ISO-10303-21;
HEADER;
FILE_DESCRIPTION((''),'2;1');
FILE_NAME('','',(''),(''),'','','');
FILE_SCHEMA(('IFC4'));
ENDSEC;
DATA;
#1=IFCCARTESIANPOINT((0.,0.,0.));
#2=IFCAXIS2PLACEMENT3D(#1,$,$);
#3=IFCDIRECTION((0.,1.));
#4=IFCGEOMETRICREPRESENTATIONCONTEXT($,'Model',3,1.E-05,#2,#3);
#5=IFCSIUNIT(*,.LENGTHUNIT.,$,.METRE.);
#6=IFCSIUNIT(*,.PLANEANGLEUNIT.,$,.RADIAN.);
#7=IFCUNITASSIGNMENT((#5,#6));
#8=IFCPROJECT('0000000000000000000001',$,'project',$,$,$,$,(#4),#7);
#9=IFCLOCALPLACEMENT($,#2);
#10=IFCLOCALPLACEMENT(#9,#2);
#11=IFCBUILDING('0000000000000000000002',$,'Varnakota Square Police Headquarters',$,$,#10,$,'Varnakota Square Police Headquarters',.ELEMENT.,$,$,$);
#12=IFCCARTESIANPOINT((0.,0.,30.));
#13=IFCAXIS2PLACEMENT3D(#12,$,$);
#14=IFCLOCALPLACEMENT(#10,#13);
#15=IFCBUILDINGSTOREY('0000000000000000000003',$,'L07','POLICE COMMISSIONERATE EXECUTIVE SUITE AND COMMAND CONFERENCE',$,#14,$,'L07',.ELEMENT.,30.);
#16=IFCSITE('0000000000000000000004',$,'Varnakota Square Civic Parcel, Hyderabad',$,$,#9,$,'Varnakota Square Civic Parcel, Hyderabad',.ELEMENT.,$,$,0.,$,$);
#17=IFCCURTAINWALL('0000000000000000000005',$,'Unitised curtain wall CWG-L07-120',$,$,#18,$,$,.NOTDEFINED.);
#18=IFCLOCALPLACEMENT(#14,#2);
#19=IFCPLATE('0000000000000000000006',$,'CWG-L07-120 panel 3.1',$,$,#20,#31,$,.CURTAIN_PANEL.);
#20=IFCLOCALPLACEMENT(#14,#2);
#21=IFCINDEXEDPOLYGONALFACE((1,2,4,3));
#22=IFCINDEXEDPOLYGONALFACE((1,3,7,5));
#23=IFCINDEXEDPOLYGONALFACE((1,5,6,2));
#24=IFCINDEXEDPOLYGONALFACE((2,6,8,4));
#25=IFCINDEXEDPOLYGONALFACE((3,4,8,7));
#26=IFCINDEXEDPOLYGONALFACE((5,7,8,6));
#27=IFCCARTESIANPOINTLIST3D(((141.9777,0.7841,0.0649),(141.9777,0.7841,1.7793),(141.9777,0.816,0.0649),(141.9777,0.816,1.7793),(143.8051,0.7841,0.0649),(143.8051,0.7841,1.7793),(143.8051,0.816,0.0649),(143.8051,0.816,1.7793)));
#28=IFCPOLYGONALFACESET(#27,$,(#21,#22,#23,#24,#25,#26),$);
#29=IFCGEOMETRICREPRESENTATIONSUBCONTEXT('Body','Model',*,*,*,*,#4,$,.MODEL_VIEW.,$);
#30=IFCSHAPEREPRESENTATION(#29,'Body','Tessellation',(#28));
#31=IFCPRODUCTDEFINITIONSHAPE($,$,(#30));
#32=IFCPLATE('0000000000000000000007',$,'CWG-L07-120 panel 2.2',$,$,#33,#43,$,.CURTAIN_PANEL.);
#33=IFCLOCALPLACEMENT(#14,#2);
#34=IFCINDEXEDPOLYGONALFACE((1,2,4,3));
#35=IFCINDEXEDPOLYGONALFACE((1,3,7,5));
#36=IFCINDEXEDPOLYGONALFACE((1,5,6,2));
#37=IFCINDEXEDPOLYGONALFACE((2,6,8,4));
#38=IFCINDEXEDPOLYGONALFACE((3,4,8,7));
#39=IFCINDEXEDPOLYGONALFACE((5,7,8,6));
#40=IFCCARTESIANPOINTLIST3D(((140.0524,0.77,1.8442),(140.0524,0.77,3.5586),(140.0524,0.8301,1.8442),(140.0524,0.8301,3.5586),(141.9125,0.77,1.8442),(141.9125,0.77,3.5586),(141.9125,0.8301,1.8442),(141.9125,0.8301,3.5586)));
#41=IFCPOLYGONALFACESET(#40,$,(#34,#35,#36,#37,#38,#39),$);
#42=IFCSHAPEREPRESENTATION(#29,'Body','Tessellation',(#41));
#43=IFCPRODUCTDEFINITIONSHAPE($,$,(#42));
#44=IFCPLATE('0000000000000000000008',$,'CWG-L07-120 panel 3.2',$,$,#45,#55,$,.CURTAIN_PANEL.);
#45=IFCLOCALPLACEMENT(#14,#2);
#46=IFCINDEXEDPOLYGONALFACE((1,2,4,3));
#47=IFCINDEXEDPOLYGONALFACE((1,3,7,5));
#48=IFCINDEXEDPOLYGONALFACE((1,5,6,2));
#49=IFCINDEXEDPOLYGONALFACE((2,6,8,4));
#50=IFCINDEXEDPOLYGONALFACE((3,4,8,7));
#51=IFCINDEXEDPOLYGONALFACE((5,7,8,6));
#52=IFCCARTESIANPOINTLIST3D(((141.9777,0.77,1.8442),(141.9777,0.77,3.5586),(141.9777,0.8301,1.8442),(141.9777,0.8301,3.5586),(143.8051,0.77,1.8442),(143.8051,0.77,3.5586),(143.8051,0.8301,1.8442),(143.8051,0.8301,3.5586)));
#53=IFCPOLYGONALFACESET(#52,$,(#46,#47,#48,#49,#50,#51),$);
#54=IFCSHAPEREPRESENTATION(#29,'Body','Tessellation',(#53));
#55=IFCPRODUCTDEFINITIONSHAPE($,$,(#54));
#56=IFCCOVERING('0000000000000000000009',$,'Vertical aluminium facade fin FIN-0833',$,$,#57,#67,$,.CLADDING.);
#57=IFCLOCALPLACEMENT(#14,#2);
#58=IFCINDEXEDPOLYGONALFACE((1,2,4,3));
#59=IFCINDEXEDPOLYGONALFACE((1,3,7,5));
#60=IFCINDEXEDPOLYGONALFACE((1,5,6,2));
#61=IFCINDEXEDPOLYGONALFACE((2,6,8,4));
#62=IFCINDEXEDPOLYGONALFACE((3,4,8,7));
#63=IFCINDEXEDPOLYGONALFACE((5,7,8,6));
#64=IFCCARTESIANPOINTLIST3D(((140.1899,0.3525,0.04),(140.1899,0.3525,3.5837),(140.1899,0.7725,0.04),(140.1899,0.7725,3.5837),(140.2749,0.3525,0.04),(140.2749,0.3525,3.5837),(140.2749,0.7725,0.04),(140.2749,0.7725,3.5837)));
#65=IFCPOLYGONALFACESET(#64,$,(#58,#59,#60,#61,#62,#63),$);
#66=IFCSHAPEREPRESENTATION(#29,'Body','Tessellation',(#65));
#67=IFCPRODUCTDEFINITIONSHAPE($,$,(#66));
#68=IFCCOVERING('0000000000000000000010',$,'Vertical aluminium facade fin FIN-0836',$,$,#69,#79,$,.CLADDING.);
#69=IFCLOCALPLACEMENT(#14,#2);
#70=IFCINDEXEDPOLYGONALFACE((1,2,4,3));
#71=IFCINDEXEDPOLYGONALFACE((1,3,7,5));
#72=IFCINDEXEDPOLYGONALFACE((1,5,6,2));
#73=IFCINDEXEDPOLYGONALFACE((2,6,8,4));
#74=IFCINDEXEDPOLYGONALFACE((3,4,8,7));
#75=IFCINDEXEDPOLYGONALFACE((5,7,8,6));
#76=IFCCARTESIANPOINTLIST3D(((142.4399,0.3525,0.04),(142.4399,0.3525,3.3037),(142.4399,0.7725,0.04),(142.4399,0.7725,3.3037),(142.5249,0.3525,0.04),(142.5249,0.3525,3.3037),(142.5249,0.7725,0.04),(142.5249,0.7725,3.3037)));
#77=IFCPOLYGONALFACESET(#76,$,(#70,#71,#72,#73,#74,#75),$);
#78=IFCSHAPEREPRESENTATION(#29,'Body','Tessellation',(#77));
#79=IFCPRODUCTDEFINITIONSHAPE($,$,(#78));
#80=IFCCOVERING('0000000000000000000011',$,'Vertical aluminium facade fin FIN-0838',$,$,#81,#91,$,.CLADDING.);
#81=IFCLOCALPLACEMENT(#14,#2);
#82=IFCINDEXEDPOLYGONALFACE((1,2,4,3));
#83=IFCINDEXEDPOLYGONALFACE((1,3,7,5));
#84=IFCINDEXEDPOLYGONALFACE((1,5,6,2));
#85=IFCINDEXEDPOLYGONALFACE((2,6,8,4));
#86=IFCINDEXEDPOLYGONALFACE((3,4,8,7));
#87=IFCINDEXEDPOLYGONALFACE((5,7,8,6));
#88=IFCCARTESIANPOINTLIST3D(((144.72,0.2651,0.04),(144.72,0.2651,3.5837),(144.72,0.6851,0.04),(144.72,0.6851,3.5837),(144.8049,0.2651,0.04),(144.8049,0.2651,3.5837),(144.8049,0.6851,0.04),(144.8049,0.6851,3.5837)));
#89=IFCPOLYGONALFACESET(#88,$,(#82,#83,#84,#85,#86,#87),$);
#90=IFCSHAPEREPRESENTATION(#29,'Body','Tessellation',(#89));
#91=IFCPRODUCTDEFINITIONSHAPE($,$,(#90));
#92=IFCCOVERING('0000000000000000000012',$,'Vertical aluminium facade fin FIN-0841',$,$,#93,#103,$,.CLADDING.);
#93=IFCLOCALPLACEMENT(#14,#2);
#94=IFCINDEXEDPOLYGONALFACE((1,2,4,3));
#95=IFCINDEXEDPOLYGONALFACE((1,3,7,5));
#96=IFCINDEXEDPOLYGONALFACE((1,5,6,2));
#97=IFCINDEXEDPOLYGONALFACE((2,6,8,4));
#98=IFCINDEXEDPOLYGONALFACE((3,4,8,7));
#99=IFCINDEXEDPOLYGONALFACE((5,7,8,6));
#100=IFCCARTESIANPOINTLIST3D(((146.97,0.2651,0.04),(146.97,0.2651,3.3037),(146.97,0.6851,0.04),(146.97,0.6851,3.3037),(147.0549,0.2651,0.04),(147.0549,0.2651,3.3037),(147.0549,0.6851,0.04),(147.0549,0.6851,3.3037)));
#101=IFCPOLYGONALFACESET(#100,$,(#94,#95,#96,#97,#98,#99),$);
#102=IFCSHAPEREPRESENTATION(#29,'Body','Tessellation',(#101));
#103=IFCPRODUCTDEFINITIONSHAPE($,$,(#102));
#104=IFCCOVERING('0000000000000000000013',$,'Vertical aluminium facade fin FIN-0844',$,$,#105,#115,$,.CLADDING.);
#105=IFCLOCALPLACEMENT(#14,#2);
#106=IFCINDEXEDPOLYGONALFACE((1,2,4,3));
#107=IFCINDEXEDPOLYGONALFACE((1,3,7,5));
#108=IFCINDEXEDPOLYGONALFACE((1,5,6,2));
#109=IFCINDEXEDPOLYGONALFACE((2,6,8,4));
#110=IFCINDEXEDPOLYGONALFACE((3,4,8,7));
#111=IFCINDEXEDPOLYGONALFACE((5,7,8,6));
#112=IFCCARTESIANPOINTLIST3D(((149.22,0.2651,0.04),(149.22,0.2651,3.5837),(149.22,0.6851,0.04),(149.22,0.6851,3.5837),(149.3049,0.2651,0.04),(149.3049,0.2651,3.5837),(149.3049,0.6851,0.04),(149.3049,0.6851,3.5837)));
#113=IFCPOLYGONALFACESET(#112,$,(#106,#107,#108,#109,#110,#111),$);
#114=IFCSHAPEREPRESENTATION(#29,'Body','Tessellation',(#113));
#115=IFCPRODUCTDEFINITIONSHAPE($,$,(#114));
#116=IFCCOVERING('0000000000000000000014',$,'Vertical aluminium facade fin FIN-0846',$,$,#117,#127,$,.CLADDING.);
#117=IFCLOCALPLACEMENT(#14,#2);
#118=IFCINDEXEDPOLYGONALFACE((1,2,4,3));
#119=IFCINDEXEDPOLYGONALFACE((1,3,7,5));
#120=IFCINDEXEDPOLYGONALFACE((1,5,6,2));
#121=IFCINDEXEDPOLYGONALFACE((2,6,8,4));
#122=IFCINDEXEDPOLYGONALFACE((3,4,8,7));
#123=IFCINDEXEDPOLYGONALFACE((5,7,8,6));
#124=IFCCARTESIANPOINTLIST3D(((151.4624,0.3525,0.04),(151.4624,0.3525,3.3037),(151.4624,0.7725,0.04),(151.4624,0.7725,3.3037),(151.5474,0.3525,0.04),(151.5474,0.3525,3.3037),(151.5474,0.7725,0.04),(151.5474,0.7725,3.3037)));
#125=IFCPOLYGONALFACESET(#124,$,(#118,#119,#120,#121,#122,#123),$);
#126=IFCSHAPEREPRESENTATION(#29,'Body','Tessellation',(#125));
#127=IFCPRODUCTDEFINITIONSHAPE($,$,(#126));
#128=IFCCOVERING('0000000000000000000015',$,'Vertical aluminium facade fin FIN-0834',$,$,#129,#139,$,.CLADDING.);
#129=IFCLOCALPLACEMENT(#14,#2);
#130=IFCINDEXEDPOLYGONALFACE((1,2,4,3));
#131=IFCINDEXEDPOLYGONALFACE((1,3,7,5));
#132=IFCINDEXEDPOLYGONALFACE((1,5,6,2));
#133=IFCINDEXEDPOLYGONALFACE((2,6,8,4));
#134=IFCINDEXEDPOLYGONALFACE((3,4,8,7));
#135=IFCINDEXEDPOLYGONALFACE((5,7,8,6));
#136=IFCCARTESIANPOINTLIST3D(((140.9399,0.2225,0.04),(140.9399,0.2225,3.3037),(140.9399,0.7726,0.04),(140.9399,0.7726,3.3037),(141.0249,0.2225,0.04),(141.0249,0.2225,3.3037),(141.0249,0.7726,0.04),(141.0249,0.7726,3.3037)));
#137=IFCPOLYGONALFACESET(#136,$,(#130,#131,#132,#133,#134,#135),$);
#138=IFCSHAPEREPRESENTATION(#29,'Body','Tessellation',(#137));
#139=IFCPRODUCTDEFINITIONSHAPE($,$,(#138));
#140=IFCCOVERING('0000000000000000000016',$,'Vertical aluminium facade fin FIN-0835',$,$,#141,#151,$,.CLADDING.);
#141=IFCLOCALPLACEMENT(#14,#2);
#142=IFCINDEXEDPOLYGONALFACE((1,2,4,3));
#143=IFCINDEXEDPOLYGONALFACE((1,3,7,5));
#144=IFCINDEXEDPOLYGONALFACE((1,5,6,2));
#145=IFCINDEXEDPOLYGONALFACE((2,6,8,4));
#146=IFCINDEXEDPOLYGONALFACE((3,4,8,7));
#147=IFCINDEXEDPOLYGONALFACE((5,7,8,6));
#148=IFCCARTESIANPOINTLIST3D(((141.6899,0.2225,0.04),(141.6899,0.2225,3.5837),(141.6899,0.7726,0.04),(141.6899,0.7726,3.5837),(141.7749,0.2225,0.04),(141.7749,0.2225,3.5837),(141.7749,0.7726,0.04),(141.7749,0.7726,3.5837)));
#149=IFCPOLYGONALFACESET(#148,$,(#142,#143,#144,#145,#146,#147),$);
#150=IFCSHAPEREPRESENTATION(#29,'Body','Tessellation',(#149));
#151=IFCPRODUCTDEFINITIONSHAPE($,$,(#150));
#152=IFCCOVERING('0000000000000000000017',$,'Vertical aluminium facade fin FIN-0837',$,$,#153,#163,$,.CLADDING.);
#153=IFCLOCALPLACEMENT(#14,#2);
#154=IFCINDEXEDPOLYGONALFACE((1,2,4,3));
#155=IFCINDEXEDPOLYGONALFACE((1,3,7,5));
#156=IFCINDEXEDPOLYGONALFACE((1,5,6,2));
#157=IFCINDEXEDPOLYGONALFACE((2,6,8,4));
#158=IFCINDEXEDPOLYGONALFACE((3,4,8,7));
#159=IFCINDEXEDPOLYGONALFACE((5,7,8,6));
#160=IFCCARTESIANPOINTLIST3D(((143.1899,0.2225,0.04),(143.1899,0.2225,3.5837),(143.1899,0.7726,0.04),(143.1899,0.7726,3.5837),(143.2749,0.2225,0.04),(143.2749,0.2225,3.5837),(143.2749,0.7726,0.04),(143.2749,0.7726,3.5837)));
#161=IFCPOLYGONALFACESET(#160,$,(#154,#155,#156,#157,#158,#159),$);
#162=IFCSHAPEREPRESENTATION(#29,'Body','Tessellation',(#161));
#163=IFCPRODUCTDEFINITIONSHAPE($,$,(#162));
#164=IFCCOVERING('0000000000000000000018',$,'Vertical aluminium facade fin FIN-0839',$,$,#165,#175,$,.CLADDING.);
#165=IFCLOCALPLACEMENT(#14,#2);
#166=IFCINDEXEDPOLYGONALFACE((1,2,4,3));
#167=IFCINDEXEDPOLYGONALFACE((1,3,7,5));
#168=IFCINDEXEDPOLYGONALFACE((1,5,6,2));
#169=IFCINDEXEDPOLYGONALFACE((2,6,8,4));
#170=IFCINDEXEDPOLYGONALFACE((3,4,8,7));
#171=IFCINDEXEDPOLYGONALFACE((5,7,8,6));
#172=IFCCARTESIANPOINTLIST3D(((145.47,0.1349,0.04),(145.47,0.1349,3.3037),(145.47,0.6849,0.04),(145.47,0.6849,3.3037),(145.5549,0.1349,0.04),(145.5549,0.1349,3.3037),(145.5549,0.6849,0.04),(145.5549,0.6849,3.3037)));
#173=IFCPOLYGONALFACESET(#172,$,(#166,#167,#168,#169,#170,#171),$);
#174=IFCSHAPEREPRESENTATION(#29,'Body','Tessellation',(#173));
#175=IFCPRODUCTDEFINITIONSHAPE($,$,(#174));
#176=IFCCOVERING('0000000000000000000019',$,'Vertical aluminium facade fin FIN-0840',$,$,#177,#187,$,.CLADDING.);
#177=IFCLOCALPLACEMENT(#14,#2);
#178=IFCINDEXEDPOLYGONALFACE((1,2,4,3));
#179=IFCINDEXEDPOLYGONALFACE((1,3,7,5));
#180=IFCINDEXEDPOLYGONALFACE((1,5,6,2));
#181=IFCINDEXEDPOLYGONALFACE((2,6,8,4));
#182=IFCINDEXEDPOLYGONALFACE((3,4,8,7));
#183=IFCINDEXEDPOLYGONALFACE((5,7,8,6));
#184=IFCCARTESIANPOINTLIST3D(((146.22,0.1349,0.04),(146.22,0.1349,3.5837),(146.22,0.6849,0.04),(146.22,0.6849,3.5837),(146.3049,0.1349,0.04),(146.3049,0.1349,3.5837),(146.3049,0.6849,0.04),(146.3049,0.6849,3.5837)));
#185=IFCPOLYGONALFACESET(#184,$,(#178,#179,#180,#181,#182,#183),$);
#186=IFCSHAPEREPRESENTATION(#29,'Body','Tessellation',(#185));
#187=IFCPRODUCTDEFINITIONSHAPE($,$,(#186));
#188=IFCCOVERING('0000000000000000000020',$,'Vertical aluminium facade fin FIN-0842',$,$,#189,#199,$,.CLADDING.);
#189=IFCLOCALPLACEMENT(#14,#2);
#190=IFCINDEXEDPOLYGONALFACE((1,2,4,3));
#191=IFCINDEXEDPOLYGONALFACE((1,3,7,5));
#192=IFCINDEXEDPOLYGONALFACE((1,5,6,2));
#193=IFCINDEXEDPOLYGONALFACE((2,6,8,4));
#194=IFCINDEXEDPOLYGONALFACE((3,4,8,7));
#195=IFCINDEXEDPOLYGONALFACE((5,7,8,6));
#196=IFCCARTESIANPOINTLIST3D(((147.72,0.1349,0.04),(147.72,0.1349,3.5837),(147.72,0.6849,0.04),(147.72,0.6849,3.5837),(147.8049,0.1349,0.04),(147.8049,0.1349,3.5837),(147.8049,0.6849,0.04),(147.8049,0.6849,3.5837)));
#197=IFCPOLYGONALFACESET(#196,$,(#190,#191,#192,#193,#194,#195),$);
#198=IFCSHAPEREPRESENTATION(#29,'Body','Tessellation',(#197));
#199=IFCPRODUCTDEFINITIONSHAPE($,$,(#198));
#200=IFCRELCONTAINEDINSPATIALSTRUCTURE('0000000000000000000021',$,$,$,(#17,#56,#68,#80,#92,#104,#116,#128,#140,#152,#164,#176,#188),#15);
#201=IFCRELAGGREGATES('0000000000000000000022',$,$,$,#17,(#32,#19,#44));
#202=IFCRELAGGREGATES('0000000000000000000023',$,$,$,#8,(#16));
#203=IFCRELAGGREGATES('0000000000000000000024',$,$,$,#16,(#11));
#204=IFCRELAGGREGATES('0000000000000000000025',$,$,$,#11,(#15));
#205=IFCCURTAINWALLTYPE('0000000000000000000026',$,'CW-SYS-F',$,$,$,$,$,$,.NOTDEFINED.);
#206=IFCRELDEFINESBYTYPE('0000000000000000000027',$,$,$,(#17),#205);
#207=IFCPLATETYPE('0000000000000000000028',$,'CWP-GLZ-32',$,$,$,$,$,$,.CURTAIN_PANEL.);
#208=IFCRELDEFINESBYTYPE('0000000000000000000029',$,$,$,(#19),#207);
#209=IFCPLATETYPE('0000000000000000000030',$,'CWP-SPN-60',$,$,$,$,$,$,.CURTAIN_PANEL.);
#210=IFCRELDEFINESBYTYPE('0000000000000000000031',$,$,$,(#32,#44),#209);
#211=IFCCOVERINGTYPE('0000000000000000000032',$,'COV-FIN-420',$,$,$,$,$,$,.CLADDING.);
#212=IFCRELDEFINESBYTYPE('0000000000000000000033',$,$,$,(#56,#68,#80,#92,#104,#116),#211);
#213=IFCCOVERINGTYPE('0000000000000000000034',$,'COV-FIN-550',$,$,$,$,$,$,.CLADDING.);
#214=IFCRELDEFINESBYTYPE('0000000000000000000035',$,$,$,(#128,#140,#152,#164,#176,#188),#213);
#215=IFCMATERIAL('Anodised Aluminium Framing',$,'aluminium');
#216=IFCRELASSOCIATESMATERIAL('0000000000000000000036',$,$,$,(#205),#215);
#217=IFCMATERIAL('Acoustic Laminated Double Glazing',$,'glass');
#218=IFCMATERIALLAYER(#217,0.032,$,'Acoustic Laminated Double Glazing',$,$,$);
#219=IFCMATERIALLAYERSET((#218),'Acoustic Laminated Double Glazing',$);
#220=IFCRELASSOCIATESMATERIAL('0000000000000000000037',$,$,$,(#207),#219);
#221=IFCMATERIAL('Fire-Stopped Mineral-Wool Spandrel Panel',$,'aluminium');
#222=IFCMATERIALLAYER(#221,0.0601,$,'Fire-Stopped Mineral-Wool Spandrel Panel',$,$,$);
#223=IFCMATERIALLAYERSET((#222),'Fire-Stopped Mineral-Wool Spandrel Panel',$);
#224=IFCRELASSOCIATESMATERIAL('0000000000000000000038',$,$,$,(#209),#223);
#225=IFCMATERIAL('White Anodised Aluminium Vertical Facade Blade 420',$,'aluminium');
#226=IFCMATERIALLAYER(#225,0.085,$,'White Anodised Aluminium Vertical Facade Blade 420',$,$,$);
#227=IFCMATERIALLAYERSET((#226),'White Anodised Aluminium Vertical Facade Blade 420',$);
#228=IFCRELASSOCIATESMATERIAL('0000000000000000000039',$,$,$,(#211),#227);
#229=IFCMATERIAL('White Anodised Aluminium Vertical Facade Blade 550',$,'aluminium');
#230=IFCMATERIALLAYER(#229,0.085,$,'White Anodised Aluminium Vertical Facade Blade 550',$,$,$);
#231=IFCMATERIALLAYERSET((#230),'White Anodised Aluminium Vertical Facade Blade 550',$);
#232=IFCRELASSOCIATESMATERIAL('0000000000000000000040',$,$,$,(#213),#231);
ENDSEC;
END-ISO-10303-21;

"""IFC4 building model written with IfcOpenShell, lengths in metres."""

from ifc_helpers import new_model, si_unit, direction, frame, origin, origin_2d, place, context, subcontext, project, spatial, rectangle, extrude, material, layer, layer_set, type_object, element, aggregate, save


model = new_model("IFC4")

# Units and contexts
model_context = context("Model", 3, precision=1e-05, world=origin(), true_north=direction((0.0, 1.0)))
body_context = subcontext(model_context, "Body", "Model", "MODEL_VIEW")
ifc_project = project(units=[si_unit("LENGTHUNIT", "METRE"), si_unit("PLANEANGLEUNIT", "RADIAN")], contexts=[model_context])

# Site, building, storey
site_placement = place(None, origin())
site = spatial("IfcSite", under=ifc_project, at=site_placement, Name="Varnakota Square Civic Parcel, Hyderabad", LongName="Varnakota Square Civic Parcel, Hyderabad", CompositionType="ELEMENT", RefElevation=0.0)
building_placement = place(site_placement, origin())
building = spatial("IfcBuilding", under=site, at=building_placement, Name="Varnakota Square Police Headquarters", LongName="Varnakota Square Police Headquarters", CompositionType="ELEMENT")
storey_placement = place(building_placement, frame((0.0, 0.0, 30.0)))
storey = spatial("IfcBuildingStorey", under=building, at=storey_placement, Name="L07", Description="POLICE COMMISSIONERATE EXECUTIVE SUITE AND COMMAND CONFERENCE", LongName="L07", CompositionType="ELEMENT", Elevation=30.0)

# Curtain wall, plates
ifc_material_1 = material(Name="Anodised Aluminium Framing", Category="aluminium")
curtain_wall_type = type_object("IfcCurtainWallType", Name="CW-SYS-F", PredefinedType="NOTDEFINED", material=ifc_material_1)
curtain_wall_placement = place(storey_placement, origin())
curtain_wall = element("IfcCurtainWall", 1, at=curtain_wall_placement, inside=storey, type_object=curtain_wall_type, Name="Unitised curtain wall CWG-L07-120", PredefinedType="NOTDEFINED")
ifc_material_2 = material(Name="Acoustic Laminated Double Glazing", Category="glass")
ifc_layer_1 = layer(ifc_material_2, 0.032, Name="Acoustic Laminated Double Glazing")
ifc_layer_set_1 = layer_set([ifc_layer_1], Name="Acoustic Laminated Double Glazing")
plate_type_1 = type_object("IfcPlateType", Name="CWP-GLZ-32", PredefinedType="CURTAIN_PANEL", material=ifc_layer_set_1)
plate_1_placement = place(storey_placement, frame((142.8914, 0.8, 0.0649), z_axis=(0.0, 0.0, 1.0), x_axis=(1.0, 0.0, 0.0)))
plate_1 = element("IfcPlate", 2, at=plate_1_placement, type_object=plate_type_1, Name="CWG-L07-120 panel 3.1", PredefinedType="CURTAIN_PANEL", context=body_context, shape_type="SweptSolid", body=[
    extrude(rectangle(XDim=1.8274, YDim=0.032, at=origin_2d()), origin(), (0.0, 0.0, 1.0), 1.7144),
])
ifc_material_3 = material(Name="Fire-Stopped Mineral-Wool Spandrel Panel", Category="aluminium")
ifc_layer_2 = layer(ifc_material_3, 0.0601, Name="Fire-Stopped Mineral-Wool Spandrel Panel")
ifc_layer_set_2 = layer_set([ifc_layer_2], Name="Fire-Stopped Mineral-Wool Spandrel Panel")
plate_type_2 = type_object("IfcPlateType", Name="CWP-SPN-60", PredefinedType="CURTAIN_PANEL", material=ifc_layer_set_2)
plate_2_placement = place(storey_placement, frame((140.9824, 0.8, 1.8442), z_axis=(0.0, 0.0, 1.0), x_axis=(1.0, 0.0, 0.0)))
plate_2 = element("IfcPlate", 3, at=plate_2_placement, type_object=plate_type_2, Name="CWG-L07-120 panel 2.2", PredefinedType="CURTAIN_PANEL", context=body_context, shape_type="SweptSolid", body=[
    extrude(rectangle(XDim=1.8601, YDim=0.0601, at=origin_2d()), origin(), (0.0, 0.0, 1.0), 1.7144),
])
plate_3_placement = place(storey_placement, frame((142.8914, 0.8, 1.8442), z_axis=(0.0, 0.0, 1.0), x_axis=(1.0, 0.0, 0.0)))
plate_3 = element("IfcPlate", 4, at=plate_3_placement, type_object=plate_type_2, Name="CWG-L07-120 panel 3.2", PredefinedType="CURTAIN_PANEL", context=body_context, shape_type="SweptSolid", body=[
    extrude(rectangle(XDim=1.8274, YDim=0.0601, at=origin_2d()), origin(), (0.0, 0.0, 1.0), 1.7144),
])
aggregate(curtain_wall, [plate_2, plate_1, plate_3])

# Coverings
ifc_material_4 = material(Name="White Anodised Aluminium Vertical Facade Blade 420", Category="aluminium")
ifc_layer_3 = layer(ifc_material_4, 0.085, Name="White Anodised Aluminium Vertical Facade Blade 420")
ifc_layer_set_3 = layer_set([ifc_layer_3], Name="White Anodised Aluminium Vertical Facade Blade 420")
covering_type_1 = type_object("IfcCoveringType", Name="COV-FIN-420", PredefinedType="CLADDING", material=ifc_layer_set_3)
covering_1_placement = place(storey_placement, frame((140.2324, 0.5625, 0.04), z_axis=(0.0, 0.0, 1.0), x_axis=(1.0, 0.0, 0.0)))
element("IfcCovering", 5, at=covering_1_placement, inside=storey, type_object=covering_type_1, Name="Vertical aluminium facade fin FIN-0833", PredefinedType="CLADDING", context=body_context, shape_type="SweptSolid", body=[
    extrude(rectangle(XDim=0.085, YDim=0.4199, at=origin_2d()), origin(), (0.0, 0.0, 1.0), 3.5437),
])
covering_2_placement = place(storey_placement, frame((142.4824, 0.5625, 0.04), z_axis=(0.0, 0.0, 1.0), x_axis=(1.0, 0.0, 0.0)))
element("IfcCovering", 6, at=covering_2_placement, inside=storey, type_object=covering_type_1, Name="Vertical aluminium facade fin FIN-0836", PredefinedType="CLADDING", context=body_context, shape_type="SweptSolid", body=[
    extrude(rectangle(XDim=0.085, YDim=0.4199, at=origin_2d()), origin(), (0.0, 0.0, 1.0), 3.2637),
])
covering_3_placement = place(storey_placement, frame((144.7625, 0.4751, 0.04), z_axis=(0.0, 0.0, 1.0), x_axis=(1.0, 0.0, 0.0)))
element("IfcCovering", 7, at=covering_3_placement, inside=storey, type_object=covering_type_1, Name="Vertical aluminium facade fin FIN-0838", PredefinedType="CLADDING", context=body_context, shape_type="SweptSolid", body=[
    extrude(rectangle(XDim=0.085, YDim=0.4199, at=origin_2d()), origin(), (0.0, 0.0, 1.0), 3.5437),
])
covering_4_placement = place(storey_placement, frame((147.0125, 0.4751, 0.04), z_axis=(0.0, 0.0, 1.0), x_axis=(1.0, 0.0, 0.0)))
element("IfcCovering", 8, at=covering_4_placement, inside=storey, type_object=covering_type_1, Name="Vertical aluminium facade fin FIN-0841", PredefinedType="CLADDING", context=body_context, shape_type="SweptSolid", body=[
    extrude(rectangle(XDim=0.085, YDim=0.4199, at=origin_2d()), origin(), (0.0, 0.0, 1.0), 3.2637),
])
covering_5_placement = place(storey_placement, frame((149.2625, 0.4751, 0.04), z_axis=(0.0, 0.0, 1.0), x_axis=(1.0, 0.0, 0.0)))
element("IfcCovering", 9, at=covering_5_placement, inside=storey, type_object=covering_type_1, Name="Vertical aluminium facade fin FIN-0844", PredefinedType="CLADDING", context=body_context, shape_type="SweptSolid", body=[
    extrude(rectangle(XDim=0.085, YDim=0.4199, at=origin_2d()), origin(), (0.0, 0.0, 1.0), 3.5437),
])
covering_6_placement = place(storey_placement, frame((151.5049, 0.5625, 0.04), z_axis=(0.0, 0.0, 1.0), x_axis=(1.0, 0.0, 0.0)))
element("IfcCovering", 10, at=covering_6_placement, inside=storey, type_object=covering_type_1, Name="Vertical aluminium facade fin FIN-0846", PredefinedType="CLADDING", context=body_context, shape_type="SweptSolid", body=[
    extrude(rectangle(XDim=0.085, YDim=0.4199, at=origin_2d()), origin(), (0.0, 0.0, 1.0), 3.2637),
])
ifc_material_5 = material(Name="White Anodised Aluminium Vertical Facade Blade 550", Category="aluminium")
ifc_layer_4 = layer(ifc_material_5, 0.085, Name="White Anodised Aluminium Vertical Facade Blade 550")
ifc_layer_set_4 = layer_set([ifc_layer_4], Name="White Anodised Aluminium Vertical Facade Blade 550")
covering_type_2 = type_object("IfcCoveringType", Name="COV-FIN-550", PredefinedType="CLADDING", material=ifc_layer_set_4)
covering_7_placement = place(storey_placement, frame((140.9824, 0.4976, 0.04), z_axis=(0.0, 0.0, 1.0), x_axis=(1.0, 0.0, 0.0)))
element("IfcCovering", 11, at=covering_7_placement, inside=storey, type_object=covering_type_2, Name="Vertical aluminium facade fin FIN-0834", PredefinedType="CLADDING", context=body_context, shape_type="SweptSolid", body=[
    extrude(rectangle(XDim=0.085, YDim=0.55, at=origin_2d()), origin(), (0.0, 0.0, 1.0), 3.2637),
])
for number, where, z_axis, x_axis, name in (
    (12, (141.7324, 0.4976, 0.04), (0.0, 0.0, 1.0), (1.0, 0.0, 0.0), "Vertical aluminium facade fin FIN-0835"),
    (13, (143.2324, 0.4976, 0.04), (0.0, 0.0, 1.0), (1.0, 0.0, 0.0), "Vertical aluminium facade fin FIN-0837"),
):
    element("IfcCovering", number, at=place(storey_placement, frame(where, z_axis=z_axis, x_axis=x_axis)), inside=storey, type_object=covering_type_2, Name=name, PredefinedType="CLADDING", context=body_context, shape_type="SweptSolid", body=[
        extrude(rectangle(XDim=0.085, YDim=0.55, at=origin_2d()), origin(), (0.0, 0.0, 1.0), 3.5437),
    ])
covering_8_placement = place(storey_placement, frame((145.5125, 0.4099, 0.04), z_axis=(0.0, 0.0, 1.0), x_axis=(1.0, 0.0, 0.0)))
element("IfcCovering", 14, at=covering_8_placement, inside=storey, type_object=covering_type_2, Name="Vertical aluminium facade fin FIN-0839", PredefinedType="CLADDING", context=body_context, shape_type="SweptSolid", body=[
    extrude(rectangle(XDim=0.085, YDim=0.55, at=origin_2d()), origin(), (0.0, 0.0, 1.0), 3.2637),
])
for number, where, z_axis, x_axis, name in (
    (15, (146.2625, 0.4099, 0.04), (0.0, 0.0, 1.0), (1.0, 0.0, 0.0), "Vertical aluminium facade fin FIN-0840"),
    (16, (147.7625, 0.4099, 0.04), (0.0, 0.0, 1.0), (1.0, 0.0, 0.0), "Vertical aluminium facade fin FIN-0842"),
):
    element("IfcCovering", number, at=place(storey_placement, frame(where, z_axis=z_axis, x_axis=x_axis)), inside=storey, type_object=covering_type_2, Name=name, PredefinedType="CLADDING", context=body_context, shape_type="SweptSolid", body=[
        extrude(rectangle(XDim=0.085, YDim=0.55, at=origin_2d()), origin(), (0.0, 0.0, 1.0), 3.5437),
    ])

save(model, "model.ifc")
